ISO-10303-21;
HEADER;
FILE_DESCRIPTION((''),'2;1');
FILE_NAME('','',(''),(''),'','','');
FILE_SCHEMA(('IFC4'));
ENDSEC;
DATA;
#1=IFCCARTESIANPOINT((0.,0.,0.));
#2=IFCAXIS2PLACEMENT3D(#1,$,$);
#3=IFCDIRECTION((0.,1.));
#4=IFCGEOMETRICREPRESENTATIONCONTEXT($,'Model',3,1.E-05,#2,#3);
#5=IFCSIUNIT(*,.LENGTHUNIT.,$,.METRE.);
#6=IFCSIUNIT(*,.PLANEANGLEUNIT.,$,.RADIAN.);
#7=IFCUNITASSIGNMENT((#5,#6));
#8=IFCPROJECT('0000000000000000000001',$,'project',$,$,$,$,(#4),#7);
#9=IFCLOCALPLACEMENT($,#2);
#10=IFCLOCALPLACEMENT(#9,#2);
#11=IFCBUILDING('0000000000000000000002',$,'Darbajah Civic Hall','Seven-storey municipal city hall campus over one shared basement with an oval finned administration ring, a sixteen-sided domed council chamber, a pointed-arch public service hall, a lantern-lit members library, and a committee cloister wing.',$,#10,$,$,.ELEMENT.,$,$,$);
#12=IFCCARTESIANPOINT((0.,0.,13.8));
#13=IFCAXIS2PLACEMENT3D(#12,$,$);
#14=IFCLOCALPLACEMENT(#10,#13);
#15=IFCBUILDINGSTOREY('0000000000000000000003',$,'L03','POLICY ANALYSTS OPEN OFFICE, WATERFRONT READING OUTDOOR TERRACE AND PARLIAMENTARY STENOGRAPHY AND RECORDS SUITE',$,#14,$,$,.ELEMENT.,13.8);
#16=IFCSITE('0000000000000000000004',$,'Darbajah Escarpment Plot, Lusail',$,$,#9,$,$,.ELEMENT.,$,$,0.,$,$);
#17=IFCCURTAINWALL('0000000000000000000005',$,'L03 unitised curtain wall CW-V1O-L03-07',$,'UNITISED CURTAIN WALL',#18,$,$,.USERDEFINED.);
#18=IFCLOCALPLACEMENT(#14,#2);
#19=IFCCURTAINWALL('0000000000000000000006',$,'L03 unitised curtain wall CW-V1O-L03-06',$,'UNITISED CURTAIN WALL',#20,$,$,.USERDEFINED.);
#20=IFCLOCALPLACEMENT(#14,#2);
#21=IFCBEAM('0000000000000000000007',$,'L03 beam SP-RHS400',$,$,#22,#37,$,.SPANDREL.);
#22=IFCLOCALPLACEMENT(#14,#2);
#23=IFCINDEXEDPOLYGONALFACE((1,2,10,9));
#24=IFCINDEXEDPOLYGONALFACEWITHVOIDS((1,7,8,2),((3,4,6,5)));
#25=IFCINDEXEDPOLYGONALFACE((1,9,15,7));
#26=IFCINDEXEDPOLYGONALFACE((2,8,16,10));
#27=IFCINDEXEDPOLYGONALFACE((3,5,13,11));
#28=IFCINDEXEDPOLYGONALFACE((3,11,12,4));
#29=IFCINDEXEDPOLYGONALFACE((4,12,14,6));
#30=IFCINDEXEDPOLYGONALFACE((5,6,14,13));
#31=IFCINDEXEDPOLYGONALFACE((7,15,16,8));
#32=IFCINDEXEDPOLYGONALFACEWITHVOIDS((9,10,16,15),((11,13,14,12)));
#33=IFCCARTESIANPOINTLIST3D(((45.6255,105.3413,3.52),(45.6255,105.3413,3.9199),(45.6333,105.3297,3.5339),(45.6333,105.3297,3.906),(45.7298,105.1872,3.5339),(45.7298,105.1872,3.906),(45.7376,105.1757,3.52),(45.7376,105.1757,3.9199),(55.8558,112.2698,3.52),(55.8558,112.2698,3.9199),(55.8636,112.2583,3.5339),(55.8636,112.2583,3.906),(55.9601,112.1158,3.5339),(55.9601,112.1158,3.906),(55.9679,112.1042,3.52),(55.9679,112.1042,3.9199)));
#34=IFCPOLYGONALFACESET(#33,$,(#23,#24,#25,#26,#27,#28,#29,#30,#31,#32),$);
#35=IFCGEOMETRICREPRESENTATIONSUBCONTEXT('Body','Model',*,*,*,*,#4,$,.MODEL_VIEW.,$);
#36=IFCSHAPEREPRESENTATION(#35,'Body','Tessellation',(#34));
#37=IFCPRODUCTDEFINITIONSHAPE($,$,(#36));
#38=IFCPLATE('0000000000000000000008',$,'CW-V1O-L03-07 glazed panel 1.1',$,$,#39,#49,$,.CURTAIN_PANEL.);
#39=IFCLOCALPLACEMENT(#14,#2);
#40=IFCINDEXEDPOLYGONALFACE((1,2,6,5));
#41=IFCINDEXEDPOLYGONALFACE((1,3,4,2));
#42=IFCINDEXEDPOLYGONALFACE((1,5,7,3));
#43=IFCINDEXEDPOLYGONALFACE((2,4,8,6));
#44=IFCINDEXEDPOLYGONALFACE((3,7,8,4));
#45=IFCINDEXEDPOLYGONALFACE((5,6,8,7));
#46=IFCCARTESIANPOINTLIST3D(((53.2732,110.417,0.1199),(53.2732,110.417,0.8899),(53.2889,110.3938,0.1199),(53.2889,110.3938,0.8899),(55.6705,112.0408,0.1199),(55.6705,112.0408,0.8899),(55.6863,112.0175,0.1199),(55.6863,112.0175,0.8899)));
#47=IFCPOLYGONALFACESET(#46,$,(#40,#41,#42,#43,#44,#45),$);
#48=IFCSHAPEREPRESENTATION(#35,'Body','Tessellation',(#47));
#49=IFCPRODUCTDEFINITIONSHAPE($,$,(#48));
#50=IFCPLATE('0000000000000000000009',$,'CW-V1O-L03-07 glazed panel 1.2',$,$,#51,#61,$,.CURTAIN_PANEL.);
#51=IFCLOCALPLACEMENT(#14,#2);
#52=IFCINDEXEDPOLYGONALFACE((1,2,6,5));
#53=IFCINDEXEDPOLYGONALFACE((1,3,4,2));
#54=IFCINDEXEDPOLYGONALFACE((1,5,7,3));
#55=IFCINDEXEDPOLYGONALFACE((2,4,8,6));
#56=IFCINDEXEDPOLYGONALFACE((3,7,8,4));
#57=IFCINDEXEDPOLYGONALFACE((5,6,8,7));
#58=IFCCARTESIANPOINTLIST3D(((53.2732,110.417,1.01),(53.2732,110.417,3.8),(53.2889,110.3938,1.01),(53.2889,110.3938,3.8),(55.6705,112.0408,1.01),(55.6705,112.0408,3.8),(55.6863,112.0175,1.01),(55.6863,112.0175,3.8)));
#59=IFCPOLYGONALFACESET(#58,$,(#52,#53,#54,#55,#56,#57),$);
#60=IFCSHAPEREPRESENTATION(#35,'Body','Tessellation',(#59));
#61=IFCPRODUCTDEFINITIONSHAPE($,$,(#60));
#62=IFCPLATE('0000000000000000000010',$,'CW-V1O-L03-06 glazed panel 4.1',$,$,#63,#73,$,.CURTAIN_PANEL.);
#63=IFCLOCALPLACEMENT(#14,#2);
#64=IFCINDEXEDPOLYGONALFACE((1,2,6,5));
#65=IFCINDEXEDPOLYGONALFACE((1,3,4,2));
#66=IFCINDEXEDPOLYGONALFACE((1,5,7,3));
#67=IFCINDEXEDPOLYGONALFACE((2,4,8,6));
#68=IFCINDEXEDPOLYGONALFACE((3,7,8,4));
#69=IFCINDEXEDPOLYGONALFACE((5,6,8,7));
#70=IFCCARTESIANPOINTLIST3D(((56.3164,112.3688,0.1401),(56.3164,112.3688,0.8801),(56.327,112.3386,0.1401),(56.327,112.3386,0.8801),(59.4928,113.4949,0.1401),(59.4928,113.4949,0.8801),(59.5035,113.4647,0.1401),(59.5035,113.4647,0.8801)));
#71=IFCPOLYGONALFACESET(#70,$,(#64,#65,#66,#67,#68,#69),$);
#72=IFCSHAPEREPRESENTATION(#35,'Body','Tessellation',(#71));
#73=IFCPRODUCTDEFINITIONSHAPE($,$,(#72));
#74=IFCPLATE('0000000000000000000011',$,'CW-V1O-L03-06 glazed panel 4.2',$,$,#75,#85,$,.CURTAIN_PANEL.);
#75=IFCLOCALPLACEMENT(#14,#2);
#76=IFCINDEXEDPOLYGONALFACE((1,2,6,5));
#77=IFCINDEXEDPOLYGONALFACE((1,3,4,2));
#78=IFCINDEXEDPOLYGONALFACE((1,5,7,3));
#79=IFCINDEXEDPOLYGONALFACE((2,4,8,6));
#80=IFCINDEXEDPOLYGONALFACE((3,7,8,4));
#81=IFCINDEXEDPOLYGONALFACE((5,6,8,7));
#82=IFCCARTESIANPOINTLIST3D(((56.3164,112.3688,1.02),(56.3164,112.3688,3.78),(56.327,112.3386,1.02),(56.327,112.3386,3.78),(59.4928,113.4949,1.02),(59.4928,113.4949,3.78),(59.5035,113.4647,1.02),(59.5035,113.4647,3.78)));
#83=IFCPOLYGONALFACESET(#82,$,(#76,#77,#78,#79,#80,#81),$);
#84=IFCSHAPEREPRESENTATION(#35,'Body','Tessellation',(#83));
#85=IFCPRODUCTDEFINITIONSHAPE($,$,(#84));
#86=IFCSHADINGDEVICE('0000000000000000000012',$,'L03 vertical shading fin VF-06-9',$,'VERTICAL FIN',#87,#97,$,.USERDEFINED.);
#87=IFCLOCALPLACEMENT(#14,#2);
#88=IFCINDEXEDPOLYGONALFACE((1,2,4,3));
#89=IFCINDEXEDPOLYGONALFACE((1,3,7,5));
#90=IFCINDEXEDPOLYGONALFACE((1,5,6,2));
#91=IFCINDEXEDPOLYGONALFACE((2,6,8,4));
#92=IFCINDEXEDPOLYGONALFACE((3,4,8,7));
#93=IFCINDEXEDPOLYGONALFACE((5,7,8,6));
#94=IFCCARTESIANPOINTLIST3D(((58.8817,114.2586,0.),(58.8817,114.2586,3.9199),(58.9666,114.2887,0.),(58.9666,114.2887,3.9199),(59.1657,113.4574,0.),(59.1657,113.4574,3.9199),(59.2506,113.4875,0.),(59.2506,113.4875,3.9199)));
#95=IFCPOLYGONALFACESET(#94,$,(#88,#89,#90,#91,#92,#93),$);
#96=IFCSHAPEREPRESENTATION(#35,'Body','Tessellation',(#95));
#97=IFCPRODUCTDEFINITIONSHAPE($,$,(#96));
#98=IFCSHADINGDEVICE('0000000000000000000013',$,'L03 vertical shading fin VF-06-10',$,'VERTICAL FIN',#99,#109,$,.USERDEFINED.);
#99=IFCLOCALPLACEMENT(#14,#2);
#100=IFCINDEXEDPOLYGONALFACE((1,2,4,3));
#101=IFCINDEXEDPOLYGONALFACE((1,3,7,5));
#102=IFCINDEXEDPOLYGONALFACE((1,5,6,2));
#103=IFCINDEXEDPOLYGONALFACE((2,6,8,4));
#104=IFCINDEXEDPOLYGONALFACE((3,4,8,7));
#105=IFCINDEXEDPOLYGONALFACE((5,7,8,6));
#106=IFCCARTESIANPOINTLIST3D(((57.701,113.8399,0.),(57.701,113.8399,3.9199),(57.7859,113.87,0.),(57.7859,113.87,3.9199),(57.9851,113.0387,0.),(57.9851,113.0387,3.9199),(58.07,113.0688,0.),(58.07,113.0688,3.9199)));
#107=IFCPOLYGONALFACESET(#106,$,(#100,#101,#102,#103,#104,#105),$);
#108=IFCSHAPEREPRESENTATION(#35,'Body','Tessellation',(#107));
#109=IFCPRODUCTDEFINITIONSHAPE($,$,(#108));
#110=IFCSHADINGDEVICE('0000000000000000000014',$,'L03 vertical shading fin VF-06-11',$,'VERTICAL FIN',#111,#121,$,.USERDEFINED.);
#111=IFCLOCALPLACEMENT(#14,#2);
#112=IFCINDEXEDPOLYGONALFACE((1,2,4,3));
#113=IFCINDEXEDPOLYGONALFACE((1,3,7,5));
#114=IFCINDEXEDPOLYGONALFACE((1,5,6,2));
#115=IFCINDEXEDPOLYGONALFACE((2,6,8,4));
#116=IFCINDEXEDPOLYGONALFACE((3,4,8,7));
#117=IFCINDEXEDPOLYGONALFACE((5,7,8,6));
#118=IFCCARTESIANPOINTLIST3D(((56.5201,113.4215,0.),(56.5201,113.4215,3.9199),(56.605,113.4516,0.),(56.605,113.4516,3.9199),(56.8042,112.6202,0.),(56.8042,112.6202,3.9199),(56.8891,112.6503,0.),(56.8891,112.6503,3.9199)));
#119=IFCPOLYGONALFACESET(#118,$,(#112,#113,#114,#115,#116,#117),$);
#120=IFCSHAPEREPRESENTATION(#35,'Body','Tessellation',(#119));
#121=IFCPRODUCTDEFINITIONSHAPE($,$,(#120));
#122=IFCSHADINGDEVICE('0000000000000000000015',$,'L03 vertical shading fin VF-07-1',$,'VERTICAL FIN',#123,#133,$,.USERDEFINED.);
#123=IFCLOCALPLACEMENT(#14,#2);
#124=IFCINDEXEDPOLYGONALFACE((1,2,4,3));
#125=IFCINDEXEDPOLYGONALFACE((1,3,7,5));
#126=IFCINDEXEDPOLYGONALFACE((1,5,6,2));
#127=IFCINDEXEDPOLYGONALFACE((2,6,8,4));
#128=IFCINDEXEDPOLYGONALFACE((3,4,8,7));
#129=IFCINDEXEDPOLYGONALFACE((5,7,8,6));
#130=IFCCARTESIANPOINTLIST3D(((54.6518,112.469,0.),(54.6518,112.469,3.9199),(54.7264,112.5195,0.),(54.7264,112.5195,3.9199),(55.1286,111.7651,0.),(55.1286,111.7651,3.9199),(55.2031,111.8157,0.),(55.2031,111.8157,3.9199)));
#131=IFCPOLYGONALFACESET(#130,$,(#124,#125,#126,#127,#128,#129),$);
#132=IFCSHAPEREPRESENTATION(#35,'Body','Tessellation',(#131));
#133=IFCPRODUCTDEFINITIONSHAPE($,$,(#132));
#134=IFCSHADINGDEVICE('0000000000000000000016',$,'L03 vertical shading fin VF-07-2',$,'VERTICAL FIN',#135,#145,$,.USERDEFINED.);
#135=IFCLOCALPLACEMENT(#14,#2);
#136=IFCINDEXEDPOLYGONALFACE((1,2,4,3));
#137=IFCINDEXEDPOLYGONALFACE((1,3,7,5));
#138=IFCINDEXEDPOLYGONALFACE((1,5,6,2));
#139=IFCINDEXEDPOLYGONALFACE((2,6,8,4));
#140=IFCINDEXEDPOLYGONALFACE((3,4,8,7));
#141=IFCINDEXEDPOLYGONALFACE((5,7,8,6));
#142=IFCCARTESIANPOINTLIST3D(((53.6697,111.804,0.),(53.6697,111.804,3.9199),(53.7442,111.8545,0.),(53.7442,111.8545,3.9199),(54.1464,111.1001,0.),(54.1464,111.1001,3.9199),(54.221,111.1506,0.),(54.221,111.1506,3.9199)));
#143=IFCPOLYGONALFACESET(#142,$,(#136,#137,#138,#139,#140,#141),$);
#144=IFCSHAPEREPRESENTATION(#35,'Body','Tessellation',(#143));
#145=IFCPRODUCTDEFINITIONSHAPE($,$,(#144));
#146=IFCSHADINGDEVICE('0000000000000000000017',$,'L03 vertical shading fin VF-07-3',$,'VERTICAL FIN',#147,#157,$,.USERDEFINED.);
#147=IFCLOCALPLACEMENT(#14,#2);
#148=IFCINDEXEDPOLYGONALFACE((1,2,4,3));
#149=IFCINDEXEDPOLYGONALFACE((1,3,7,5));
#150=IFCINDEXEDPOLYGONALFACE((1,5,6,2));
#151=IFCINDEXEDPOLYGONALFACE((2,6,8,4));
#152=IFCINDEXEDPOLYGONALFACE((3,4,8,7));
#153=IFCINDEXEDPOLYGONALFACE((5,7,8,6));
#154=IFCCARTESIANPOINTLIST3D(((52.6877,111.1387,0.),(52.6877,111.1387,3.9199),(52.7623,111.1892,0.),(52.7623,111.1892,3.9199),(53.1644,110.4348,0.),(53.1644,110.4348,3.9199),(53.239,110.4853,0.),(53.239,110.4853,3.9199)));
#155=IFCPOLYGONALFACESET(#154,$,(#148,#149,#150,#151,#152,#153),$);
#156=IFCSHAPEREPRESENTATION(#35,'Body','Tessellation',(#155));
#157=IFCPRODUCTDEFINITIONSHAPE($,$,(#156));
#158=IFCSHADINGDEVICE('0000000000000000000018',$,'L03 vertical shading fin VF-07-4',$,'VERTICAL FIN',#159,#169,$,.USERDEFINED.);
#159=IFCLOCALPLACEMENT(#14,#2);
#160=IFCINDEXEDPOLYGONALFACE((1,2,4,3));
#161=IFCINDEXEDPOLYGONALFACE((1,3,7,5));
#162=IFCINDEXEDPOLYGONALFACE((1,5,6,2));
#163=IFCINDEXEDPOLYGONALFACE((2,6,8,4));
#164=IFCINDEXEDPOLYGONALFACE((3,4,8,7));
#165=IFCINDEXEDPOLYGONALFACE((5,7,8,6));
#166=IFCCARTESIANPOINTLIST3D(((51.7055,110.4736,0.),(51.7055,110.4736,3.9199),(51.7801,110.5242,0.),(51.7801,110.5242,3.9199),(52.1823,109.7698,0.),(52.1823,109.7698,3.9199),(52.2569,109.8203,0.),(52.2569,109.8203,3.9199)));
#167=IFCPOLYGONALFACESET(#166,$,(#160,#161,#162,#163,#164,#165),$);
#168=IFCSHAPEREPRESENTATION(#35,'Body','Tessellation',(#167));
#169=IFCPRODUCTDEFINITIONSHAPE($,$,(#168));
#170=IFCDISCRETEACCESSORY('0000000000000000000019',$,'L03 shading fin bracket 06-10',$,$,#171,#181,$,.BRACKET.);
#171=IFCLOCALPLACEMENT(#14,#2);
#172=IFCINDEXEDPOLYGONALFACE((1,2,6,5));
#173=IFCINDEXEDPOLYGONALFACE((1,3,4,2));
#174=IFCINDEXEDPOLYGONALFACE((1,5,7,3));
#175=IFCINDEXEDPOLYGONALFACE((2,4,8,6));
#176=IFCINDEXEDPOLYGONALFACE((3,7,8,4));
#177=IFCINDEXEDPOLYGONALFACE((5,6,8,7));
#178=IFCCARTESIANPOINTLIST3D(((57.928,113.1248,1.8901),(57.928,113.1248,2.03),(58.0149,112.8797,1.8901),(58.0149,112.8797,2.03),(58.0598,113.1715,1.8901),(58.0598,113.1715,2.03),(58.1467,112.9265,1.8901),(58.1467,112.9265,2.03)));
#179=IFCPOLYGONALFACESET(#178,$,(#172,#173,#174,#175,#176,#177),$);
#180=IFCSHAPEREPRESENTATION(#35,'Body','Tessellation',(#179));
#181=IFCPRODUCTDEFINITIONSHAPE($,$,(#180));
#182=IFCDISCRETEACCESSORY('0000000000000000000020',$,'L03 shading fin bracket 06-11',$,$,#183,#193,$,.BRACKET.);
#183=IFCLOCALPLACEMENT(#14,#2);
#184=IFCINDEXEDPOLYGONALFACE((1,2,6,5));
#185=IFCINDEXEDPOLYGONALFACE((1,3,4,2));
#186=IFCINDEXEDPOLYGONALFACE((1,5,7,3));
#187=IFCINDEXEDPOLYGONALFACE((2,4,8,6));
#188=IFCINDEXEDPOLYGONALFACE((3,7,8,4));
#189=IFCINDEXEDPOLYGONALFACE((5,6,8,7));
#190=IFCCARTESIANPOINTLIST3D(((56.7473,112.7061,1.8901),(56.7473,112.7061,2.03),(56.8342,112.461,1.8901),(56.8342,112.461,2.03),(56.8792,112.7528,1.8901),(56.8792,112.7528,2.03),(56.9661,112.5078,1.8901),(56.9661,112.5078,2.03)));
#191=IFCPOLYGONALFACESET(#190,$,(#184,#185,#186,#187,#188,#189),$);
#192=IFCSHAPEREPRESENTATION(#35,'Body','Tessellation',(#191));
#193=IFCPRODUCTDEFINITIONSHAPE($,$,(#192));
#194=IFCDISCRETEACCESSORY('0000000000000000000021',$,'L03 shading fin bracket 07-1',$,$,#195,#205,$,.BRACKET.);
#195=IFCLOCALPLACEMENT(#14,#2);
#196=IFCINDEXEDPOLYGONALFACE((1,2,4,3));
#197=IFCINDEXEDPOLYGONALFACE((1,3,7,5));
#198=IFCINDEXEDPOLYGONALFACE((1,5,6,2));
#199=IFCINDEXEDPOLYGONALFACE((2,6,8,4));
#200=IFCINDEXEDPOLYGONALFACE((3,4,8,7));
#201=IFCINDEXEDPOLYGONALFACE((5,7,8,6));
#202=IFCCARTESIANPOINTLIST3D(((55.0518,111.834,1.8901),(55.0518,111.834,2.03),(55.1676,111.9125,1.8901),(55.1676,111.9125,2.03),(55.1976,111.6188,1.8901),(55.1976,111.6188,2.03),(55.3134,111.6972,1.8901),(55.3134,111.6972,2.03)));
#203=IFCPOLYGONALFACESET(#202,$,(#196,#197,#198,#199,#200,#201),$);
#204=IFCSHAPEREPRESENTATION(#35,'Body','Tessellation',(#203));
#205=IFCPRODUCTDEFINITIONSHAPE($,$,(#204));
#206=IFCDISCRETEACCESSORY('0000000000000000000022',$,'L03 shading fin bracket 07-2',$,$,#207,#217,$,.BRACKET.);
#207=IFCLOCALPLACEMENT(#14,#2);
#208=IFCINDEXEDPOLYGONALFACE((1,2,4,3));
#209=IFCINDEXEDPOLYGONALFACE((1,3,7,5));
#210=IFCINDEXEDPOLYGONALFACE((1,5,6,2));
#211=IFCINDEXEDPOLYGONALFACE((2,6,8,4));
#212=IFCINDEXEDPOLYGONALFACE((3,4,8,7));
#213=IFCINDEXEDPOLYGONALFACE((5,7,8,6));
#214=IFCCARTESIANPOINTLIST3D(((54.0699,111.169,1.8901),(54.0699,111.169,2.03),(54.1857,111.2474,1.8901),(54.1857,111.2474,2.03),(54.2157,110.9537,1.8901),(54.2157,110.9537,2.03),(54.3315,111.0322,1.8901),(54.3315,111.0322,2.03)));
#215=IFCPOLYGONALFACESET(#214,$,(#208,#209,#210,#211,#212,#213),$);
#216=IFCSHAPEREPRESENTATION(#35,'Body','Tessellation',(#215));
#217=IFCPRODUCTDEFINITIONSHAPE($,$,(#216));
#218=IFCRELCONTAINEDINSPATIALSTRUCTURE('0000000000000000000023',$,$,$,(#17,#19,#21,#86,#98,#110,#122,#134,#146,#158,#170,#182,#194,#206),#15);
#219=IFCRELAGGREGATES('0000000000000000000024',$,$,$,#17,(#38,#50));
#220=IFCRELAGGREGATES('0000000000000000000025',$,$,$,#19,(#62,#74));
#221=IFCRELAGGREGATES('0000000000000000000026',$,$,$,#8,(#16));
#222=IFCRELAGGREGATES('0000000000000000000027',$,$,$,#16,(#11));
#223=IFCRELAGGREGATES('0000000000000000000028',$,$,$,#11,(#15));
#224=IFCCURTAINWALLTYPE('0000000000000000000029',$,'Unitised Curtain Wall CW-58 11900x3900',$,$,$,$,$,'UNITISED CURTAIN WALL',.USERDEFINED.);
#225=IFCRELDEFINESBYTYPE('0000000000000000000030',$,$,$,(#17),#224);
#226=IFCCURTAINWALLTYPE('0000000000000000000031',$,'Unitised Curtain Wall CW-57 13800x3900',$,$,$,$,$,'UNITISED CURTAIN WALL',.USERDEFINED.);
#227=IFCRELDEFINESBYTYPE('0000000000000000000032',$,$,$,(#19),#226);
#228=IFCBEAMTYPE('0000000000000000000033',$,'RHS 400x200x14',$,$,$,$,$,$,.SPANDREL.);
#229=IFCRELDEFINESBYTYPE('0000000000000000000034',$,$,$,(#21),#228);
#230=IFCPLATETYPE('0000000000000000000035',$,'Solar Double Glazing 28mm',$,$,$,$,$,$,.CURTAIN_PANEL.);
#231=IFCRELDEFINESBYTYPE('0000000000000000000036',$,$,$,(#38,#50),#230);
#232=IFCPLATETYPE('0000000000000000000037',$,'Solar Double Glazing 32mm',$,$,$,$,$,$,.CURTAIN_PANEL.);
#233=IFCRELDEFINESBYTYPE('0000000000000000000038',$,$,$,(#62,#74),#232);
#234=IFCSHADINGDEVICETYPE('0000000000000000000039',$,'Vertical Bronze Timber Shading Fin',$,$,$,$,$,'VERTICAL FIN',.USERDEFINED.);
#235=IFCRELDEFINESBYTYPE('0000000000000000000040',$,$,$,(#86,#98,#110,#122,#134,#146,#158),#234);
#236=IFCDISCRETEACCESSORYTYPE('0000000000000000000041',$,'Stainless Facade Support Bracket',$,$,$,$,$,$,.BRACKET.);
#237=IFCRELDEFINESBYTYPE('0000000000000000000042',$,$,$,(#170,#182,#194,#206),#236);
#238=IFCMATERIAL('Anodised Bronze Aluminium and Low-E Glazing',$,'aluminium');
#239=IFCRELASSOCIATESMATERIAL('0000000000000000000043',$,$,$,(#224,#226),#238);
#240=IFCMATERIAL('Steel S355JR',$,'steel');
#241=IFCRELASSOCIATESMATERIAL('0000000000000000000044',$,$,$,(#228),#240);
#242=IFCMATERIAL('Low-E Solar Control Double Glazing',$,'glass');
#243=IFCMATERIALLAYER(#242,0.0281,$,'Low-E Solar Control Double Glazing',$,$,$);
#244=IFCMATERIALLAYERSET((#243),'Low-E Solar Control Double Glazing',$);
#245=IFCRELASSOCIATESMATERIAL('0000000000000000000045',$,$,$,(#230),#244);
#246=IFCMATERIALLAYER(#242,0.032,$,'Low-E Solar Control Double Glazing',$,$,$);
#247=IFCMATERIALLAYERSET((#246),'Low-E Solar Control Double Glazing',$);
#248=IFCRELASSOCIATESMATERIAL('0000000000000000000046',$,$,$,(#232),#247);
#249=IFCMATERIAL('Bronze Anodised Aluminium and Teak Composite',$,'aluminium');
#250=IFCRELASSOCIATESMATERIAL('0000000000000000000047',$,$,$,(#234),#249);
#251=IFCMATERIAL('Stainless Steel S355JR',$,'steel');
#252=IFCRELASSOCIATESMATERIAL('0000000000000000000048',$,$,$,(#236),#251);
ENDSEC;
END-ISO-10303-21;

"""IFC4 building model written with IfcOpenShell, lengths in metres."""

from ifc_helpers import new_model, si_unit, direction, frame, origin, origin_2d, place, context, subcontext, project, spatial, rectangle, hollow_rectangle, extrude, material, layer, layer_set, material_profile, profile_set, type_object, element, aggregate, save


model = new_model("IFC4")

# Units and contexts
model_context = context("Model", 3, precision=1e-05, world=origin(), true_north=direction((0.0, 1.0)))
body_context = subcontext(model_context, "Body", "Model", "MODEL_VIEW")
ifc_project = project(units=[si_unit("LENGTHUNIT", "METRE"), si_unit("PLANEANGLEUNIT", "RADIAN")], contexts=[model_context])

# Site, building, storey
site_placement = place(None, origin())
site = spatial("IfcSite", under=ifc_project, at=site_placement, Name="Darbajah Escarpment Plot, Lusail", CompositionType="ELEMENT", RefElevation=0.0)
building_placement = place(site_placement, origin())
building = spatial("IfcBuilding", under=site, at=building_placement, Name="Darbajah Civic Hall", Description="Seven-storey municipal city hall campus over one shared basement with an oval finned administration ring, a sixteen-sided domed council chamber, a pointed-arch public service hall, a lantern-lit members library, and a committee cloister wing.", CompositionType="ELEMENT")
storey_placement = place(building_placement, frame((0.0, 0.0, 13.8)))
storey = spatial("IfcBuildingStorey", under=building, at=storey_placement, Name="L03", Description="POLICY ANALYSTS OPEN OFFICE, WATERFRONT READING OUTDOOR TERRACE AND PARLIAMENTARY STENOGRAPHY AND RECORDS SUITE", CompositionType="ELEMENT", Elevation=13.8)

# Curtain wall
ifc_material_1 = material(Name="Anodised Bronze Aluminium and Low-E Glazing", Category="aluminium")
curtain_wall_type_1 = type_object("IfcCurtainWallType", Name="Unitised Curtain Wall CW-58 11900x3900", ElementType="UNITISED CURTAIN WALL", PredefinedType="USERDEFINED", material=ifc_material_1)
curtain_wall_1_placement = place(storey_placement, origin())
curtain_wall_1 = element("IfcCurtainWall", 1, at=curtain_wall_1_placement, inside=storey, type_object=curtain_wall_type_1, Name="L03 unitised curtain wall CW-V1O-L03-07", ObjectType="UNITISED CURTAIN WALL", PredefinedType="USERDEFINED")

# Curtain wall
curtain_wall_type_2 = type_object("IfcCurtainWallType", Name="Unitised Curtain Wall CW-57 13800x3900", ElementType="UNITISED CURTAIN WALL", PredefinedType="USERDEFINED", material=ifc_material_1)
curtain_wall_2_placement = place(storey_placement, origin())
curtain_wall_2 = element("IfcCurtainWall", 2, at=curtain_wall_2_placement, inside=storey, type_object=curtain_wall_type_2, Name="L03 unitised curtain wall CW-V1O-L03-06", ObjectType="UNITISED CURTAIN WALL", PredefinedType="USERDEFINED")

# Beam
ifc_material_2 = material(Name="Steel S355JR", Category="steel")
ifc_material_profile_1 = material_profile(ifc_material_2, hollow_rectangle(XDim=0.2, YDim=0.3999, WallThickness=0.0139, at=origin_2d()), Name="RHS 400x200x14")
ifc_profile_set_1 = profile_set([ifc_material_profile_1], Name="Steel S355JR")
beam_type = type_object("IfcBeamType", Name="RHS 400x200x14", PredefinedType="SPANDREL", material=ifc_profile_set_1)
beam_placement = place(storey_placement, frame((55.9119, 112.187, 3.72), z_axis=(-0.827982, -0.560755, 0.0), x_axis=(0.560755, -0.827982, 0.0)))
element("IfcBeam", 3, at=beam_placement, inside=storey, type_object=beam_type, Name="L03 beam SP-RHS400", PredefinedType="SPANDREL", context=body_context, shape_type="SweptSolid", body=[
    extrude(hollow_rectangle(XDim=0.2, YDim=0.3999, WallThickness=0.0139, at=origin_2d()), origin(), (0.0, 0.0, 1.0), 12.3557),
])

# Plates
ifc_material_3 = material(Name="Low-E Solar Control Double Glazing", Category="glass")
ifc_layer_1 = layer(ifc_material_3, 0.0281, Name="Low-E Solar Control Double Glazing")
ifc_layer_set_1 = layer_set([ifc_layer_1], Name="Low-E Solar Control Double Glazing")
plate_type_1 = type_object("IfcPlateType", Name="Solar Double Glazing 28mm", PredefinedType="CURTAIN_PANEL", material=ifc_layer_set_1)
plate_1_placement = place(storey_placement, frame((54.4797, 111.2173, 0.1199), z_axis=(0.0, 0.0, 1.0), x_axis=(-0.827962, -0.560784, 0.0)))
plate_1 = element("IfcPlate", 4, at=plate_1_placement, type_object=plate_type_1, Name="CW-V1O-L03-07 glazed panel 1.1", PredefinedType="CURTAIN_PANEL", context=body_context, shape_type="SweptSolid", body=[
    extrude(rectangle(XDim=2.8955, YDim=0.0281, at=origin_2d()), origin(), (0.0, 0.0, 1.0), 0.77),
])
plate_2_placement = place(storey_placement, frame((54.4797, 111.2173, 1.01), z_axis=(0.0, 0.0, 1.0), x_axis=(-0.827962, -0.560784, 0.0)))
plate_2 = element("IfcPlate", 5, at=plate_2_placement, type_object=plate_type_1, Name="CW-V1O-L03-07 glazed panel 1.2", PredefinedType="CURTAIN_PANEL", context=body_context, shape_type="SweptSolid", body=[
    extrude(rectangle(XDim=2.8955, YDim=0.0281, at=origin_2d()), origin(), (0.0, 0.0, 1.0), 2.79),
])
aggregate(curtain_wall_1, [plate_1, plate_2])
ifc_layer_2 = layer(ifc_material_3, 0.032, Name="Low-E Solar Control Double Glazing")
ifc_layer_set_2 = layer_set([ifc_layer_2], Name="Low-E Solar Control Double Glazing")
plate_type_2 = type_object("IfcPlateType", Name="Solar Double Glazing 32mm", PredefinedType="CURTAIN_PANEL", material=ifc_layer_set_2)
plate_3_placement = place(storey_placement, frame((57.9099, 112.9167, 0.1401), z_axis=(0.0, 0.0, 1.0), x_axis=(-0.942525, -0.334136, 0.0)))
plate_3 = element("IfcPlate", 6, at=plate_3_placement, type_object=plate_type_2, Name="CW-V1O-L03-06 glazed panel 4.1", PredefinedType="CURTAIN_PANEL", context=body_context, shape_type="SweptSolid", body=[
    extrude(rectangle(XDim=3.3701, YDim=0.032, at=origin_2d()), origin(), (0.0, 0.0, 1.0), 0.74),
])
plate_4_placement = place(storey_placement, frame((57.9099, 112.9167, 1.02), z_axis=(0.0, 0.0, 1.0), x_axis=(-0.942525, -0.334136, 0.0)))
plate_4 = element("IfcPlate", 7, at=plate_4_placement, type_object=plate_type_2, Name="CW-V1O-L03-06 glazed panel 4.2", PredefinedType="CURTAIN_PANEL", context=body_context, shape_type="SweptSolid", body=[
    extrude(rectangle(XDim=3.3701, YDim=0.032, at=origin_2d()), origin(), (0.0, 0.0, 1.0), 2.76),
])
aggregate(curtain_wall_2, [plate_3, plate_4])

# Shading devices
ifc_material_4 = material(Name="Bronze Anodised Aluminium and Teak Composite", Category="aluminium")
shading_device_type = type_object("IfcShadingDeviceType", Name="Vertical Bronze Timber Shading Fin", ElementType="VERTICAL FIN", PredefinedType="USERDEFINED", material=ifc_material_4)
for number, where, z_axis, x_axis, name in (
    (8, (59.0662, 113.873, 0.0), (0.0, 0.0, 1.0), (-0.334136, 0.942525, 0.0), "L03 vertical shading fin VF-06-9"),
    (9, (57.8855, 113.4543, 0.0), (0.0, 0.0, 1.0), (-0.334136, 0.942525, 0.0), "L03 vertical shading fin VF-06-10"),
    (10, (56.7046, 113.0359, 0.0), (0.0, 0.0, 1.0), (-0.334136, 0.942525, 0.0), "L03 vertical shading fin VF-06-11"),
    (11, (54.9275, 112.1423, 0.0), (0.0, 0.0, 1.0), (-0.560784, 0.827962, 0.0), "L03 vertical shading fin VF-07-1"),
    (12, (53.9453, 111.4773, 0.0), (0.0, 0.0, 1.0), (-0.560784, 0.827962, 0.0), "L03 vertical shading fin VF-07-2"),
    (13, (52.9634, 110.812, 0.0), (0.0, 0.0, 1.0), (-0.560784, 0.827962, 0.0), "L03 vertical shading fin VF-07-3"),
    (14, (51.9812, 110.147, 0.0), (0.0, 0.0, 1.0), (-0.560784, 0.827962, 0.0), "L03 vertical shading fin VF-07-4"),
):
    element("IfcShadingDevice", number, at=place(storey_placement, frame(where, z_axis=z_axis, x_axis=x_axis)), inside=storey, type_object=shading_device_type, Name=name, ObjectType="VERTICAL FIN", PredefinedType="USERDEFINED", context=body_context, shape_type="SweptSolid", body=[
        extrude(rectangle(XDim=0.8501, YDim=0.0901, at=origin_2d()), origin(), (0.0, 0.0, 1.0), 3.9199),
    ])

# Discrete accessories
ifc_material_5 = material(Name="Stainless Steel S355JR", Category="steel")
discrete_accessory_type = type_object("IfcDiscreteAccessoryType", Name="Stainless Facade Support Bracket", PredefinedType="BRACKET", material=ifc_material_5)
for number, where, z_axis, x_axis, name in (
    (15, (58.0374, 113.0256, 1.8901), (0.0, 0.0, 1.0), (-0.334136, 0.942525, 0.0), "L03 shading fin bracket 06-10"),
    (16, (56.8567, 112.6069, 1.8901), (0.0, 0.0, 1.0), (-0.334136, 0.942525, 0.0), "L03 shading fin bracket 06-11"),
    (17, (55.1826, 111.7656, 1.8901), (0.0, 0.0, 1.0), (-0.560784, 0.827962, 0.0), "L03 shading fin bracket 07-1"),
    (18, (54.2007, 111.1006, 1.8901), (0.0, 0.0, 1.0), (-0.560784, 0.827962, 0.0), "L03 shading fin bracket 07-2"),
):
    element("IfcDiscreteAccessory", number, at=place(storey_placement, frame(where, z_axis=z_axis, x_axis=x_axis)), inside=storey, type_object=discrete_accessory_type, Name=name, PredefinedType="BRACKET", context=body_context, shape_type="SweptSolid", body=[
        extrude(rectangle(XDim=0.26, YDim=0.1399, at=origin_2d()), origin(), (0.0, 0.0, 1.0), 0.1399),
    ])

save(model, "model.ifc")
